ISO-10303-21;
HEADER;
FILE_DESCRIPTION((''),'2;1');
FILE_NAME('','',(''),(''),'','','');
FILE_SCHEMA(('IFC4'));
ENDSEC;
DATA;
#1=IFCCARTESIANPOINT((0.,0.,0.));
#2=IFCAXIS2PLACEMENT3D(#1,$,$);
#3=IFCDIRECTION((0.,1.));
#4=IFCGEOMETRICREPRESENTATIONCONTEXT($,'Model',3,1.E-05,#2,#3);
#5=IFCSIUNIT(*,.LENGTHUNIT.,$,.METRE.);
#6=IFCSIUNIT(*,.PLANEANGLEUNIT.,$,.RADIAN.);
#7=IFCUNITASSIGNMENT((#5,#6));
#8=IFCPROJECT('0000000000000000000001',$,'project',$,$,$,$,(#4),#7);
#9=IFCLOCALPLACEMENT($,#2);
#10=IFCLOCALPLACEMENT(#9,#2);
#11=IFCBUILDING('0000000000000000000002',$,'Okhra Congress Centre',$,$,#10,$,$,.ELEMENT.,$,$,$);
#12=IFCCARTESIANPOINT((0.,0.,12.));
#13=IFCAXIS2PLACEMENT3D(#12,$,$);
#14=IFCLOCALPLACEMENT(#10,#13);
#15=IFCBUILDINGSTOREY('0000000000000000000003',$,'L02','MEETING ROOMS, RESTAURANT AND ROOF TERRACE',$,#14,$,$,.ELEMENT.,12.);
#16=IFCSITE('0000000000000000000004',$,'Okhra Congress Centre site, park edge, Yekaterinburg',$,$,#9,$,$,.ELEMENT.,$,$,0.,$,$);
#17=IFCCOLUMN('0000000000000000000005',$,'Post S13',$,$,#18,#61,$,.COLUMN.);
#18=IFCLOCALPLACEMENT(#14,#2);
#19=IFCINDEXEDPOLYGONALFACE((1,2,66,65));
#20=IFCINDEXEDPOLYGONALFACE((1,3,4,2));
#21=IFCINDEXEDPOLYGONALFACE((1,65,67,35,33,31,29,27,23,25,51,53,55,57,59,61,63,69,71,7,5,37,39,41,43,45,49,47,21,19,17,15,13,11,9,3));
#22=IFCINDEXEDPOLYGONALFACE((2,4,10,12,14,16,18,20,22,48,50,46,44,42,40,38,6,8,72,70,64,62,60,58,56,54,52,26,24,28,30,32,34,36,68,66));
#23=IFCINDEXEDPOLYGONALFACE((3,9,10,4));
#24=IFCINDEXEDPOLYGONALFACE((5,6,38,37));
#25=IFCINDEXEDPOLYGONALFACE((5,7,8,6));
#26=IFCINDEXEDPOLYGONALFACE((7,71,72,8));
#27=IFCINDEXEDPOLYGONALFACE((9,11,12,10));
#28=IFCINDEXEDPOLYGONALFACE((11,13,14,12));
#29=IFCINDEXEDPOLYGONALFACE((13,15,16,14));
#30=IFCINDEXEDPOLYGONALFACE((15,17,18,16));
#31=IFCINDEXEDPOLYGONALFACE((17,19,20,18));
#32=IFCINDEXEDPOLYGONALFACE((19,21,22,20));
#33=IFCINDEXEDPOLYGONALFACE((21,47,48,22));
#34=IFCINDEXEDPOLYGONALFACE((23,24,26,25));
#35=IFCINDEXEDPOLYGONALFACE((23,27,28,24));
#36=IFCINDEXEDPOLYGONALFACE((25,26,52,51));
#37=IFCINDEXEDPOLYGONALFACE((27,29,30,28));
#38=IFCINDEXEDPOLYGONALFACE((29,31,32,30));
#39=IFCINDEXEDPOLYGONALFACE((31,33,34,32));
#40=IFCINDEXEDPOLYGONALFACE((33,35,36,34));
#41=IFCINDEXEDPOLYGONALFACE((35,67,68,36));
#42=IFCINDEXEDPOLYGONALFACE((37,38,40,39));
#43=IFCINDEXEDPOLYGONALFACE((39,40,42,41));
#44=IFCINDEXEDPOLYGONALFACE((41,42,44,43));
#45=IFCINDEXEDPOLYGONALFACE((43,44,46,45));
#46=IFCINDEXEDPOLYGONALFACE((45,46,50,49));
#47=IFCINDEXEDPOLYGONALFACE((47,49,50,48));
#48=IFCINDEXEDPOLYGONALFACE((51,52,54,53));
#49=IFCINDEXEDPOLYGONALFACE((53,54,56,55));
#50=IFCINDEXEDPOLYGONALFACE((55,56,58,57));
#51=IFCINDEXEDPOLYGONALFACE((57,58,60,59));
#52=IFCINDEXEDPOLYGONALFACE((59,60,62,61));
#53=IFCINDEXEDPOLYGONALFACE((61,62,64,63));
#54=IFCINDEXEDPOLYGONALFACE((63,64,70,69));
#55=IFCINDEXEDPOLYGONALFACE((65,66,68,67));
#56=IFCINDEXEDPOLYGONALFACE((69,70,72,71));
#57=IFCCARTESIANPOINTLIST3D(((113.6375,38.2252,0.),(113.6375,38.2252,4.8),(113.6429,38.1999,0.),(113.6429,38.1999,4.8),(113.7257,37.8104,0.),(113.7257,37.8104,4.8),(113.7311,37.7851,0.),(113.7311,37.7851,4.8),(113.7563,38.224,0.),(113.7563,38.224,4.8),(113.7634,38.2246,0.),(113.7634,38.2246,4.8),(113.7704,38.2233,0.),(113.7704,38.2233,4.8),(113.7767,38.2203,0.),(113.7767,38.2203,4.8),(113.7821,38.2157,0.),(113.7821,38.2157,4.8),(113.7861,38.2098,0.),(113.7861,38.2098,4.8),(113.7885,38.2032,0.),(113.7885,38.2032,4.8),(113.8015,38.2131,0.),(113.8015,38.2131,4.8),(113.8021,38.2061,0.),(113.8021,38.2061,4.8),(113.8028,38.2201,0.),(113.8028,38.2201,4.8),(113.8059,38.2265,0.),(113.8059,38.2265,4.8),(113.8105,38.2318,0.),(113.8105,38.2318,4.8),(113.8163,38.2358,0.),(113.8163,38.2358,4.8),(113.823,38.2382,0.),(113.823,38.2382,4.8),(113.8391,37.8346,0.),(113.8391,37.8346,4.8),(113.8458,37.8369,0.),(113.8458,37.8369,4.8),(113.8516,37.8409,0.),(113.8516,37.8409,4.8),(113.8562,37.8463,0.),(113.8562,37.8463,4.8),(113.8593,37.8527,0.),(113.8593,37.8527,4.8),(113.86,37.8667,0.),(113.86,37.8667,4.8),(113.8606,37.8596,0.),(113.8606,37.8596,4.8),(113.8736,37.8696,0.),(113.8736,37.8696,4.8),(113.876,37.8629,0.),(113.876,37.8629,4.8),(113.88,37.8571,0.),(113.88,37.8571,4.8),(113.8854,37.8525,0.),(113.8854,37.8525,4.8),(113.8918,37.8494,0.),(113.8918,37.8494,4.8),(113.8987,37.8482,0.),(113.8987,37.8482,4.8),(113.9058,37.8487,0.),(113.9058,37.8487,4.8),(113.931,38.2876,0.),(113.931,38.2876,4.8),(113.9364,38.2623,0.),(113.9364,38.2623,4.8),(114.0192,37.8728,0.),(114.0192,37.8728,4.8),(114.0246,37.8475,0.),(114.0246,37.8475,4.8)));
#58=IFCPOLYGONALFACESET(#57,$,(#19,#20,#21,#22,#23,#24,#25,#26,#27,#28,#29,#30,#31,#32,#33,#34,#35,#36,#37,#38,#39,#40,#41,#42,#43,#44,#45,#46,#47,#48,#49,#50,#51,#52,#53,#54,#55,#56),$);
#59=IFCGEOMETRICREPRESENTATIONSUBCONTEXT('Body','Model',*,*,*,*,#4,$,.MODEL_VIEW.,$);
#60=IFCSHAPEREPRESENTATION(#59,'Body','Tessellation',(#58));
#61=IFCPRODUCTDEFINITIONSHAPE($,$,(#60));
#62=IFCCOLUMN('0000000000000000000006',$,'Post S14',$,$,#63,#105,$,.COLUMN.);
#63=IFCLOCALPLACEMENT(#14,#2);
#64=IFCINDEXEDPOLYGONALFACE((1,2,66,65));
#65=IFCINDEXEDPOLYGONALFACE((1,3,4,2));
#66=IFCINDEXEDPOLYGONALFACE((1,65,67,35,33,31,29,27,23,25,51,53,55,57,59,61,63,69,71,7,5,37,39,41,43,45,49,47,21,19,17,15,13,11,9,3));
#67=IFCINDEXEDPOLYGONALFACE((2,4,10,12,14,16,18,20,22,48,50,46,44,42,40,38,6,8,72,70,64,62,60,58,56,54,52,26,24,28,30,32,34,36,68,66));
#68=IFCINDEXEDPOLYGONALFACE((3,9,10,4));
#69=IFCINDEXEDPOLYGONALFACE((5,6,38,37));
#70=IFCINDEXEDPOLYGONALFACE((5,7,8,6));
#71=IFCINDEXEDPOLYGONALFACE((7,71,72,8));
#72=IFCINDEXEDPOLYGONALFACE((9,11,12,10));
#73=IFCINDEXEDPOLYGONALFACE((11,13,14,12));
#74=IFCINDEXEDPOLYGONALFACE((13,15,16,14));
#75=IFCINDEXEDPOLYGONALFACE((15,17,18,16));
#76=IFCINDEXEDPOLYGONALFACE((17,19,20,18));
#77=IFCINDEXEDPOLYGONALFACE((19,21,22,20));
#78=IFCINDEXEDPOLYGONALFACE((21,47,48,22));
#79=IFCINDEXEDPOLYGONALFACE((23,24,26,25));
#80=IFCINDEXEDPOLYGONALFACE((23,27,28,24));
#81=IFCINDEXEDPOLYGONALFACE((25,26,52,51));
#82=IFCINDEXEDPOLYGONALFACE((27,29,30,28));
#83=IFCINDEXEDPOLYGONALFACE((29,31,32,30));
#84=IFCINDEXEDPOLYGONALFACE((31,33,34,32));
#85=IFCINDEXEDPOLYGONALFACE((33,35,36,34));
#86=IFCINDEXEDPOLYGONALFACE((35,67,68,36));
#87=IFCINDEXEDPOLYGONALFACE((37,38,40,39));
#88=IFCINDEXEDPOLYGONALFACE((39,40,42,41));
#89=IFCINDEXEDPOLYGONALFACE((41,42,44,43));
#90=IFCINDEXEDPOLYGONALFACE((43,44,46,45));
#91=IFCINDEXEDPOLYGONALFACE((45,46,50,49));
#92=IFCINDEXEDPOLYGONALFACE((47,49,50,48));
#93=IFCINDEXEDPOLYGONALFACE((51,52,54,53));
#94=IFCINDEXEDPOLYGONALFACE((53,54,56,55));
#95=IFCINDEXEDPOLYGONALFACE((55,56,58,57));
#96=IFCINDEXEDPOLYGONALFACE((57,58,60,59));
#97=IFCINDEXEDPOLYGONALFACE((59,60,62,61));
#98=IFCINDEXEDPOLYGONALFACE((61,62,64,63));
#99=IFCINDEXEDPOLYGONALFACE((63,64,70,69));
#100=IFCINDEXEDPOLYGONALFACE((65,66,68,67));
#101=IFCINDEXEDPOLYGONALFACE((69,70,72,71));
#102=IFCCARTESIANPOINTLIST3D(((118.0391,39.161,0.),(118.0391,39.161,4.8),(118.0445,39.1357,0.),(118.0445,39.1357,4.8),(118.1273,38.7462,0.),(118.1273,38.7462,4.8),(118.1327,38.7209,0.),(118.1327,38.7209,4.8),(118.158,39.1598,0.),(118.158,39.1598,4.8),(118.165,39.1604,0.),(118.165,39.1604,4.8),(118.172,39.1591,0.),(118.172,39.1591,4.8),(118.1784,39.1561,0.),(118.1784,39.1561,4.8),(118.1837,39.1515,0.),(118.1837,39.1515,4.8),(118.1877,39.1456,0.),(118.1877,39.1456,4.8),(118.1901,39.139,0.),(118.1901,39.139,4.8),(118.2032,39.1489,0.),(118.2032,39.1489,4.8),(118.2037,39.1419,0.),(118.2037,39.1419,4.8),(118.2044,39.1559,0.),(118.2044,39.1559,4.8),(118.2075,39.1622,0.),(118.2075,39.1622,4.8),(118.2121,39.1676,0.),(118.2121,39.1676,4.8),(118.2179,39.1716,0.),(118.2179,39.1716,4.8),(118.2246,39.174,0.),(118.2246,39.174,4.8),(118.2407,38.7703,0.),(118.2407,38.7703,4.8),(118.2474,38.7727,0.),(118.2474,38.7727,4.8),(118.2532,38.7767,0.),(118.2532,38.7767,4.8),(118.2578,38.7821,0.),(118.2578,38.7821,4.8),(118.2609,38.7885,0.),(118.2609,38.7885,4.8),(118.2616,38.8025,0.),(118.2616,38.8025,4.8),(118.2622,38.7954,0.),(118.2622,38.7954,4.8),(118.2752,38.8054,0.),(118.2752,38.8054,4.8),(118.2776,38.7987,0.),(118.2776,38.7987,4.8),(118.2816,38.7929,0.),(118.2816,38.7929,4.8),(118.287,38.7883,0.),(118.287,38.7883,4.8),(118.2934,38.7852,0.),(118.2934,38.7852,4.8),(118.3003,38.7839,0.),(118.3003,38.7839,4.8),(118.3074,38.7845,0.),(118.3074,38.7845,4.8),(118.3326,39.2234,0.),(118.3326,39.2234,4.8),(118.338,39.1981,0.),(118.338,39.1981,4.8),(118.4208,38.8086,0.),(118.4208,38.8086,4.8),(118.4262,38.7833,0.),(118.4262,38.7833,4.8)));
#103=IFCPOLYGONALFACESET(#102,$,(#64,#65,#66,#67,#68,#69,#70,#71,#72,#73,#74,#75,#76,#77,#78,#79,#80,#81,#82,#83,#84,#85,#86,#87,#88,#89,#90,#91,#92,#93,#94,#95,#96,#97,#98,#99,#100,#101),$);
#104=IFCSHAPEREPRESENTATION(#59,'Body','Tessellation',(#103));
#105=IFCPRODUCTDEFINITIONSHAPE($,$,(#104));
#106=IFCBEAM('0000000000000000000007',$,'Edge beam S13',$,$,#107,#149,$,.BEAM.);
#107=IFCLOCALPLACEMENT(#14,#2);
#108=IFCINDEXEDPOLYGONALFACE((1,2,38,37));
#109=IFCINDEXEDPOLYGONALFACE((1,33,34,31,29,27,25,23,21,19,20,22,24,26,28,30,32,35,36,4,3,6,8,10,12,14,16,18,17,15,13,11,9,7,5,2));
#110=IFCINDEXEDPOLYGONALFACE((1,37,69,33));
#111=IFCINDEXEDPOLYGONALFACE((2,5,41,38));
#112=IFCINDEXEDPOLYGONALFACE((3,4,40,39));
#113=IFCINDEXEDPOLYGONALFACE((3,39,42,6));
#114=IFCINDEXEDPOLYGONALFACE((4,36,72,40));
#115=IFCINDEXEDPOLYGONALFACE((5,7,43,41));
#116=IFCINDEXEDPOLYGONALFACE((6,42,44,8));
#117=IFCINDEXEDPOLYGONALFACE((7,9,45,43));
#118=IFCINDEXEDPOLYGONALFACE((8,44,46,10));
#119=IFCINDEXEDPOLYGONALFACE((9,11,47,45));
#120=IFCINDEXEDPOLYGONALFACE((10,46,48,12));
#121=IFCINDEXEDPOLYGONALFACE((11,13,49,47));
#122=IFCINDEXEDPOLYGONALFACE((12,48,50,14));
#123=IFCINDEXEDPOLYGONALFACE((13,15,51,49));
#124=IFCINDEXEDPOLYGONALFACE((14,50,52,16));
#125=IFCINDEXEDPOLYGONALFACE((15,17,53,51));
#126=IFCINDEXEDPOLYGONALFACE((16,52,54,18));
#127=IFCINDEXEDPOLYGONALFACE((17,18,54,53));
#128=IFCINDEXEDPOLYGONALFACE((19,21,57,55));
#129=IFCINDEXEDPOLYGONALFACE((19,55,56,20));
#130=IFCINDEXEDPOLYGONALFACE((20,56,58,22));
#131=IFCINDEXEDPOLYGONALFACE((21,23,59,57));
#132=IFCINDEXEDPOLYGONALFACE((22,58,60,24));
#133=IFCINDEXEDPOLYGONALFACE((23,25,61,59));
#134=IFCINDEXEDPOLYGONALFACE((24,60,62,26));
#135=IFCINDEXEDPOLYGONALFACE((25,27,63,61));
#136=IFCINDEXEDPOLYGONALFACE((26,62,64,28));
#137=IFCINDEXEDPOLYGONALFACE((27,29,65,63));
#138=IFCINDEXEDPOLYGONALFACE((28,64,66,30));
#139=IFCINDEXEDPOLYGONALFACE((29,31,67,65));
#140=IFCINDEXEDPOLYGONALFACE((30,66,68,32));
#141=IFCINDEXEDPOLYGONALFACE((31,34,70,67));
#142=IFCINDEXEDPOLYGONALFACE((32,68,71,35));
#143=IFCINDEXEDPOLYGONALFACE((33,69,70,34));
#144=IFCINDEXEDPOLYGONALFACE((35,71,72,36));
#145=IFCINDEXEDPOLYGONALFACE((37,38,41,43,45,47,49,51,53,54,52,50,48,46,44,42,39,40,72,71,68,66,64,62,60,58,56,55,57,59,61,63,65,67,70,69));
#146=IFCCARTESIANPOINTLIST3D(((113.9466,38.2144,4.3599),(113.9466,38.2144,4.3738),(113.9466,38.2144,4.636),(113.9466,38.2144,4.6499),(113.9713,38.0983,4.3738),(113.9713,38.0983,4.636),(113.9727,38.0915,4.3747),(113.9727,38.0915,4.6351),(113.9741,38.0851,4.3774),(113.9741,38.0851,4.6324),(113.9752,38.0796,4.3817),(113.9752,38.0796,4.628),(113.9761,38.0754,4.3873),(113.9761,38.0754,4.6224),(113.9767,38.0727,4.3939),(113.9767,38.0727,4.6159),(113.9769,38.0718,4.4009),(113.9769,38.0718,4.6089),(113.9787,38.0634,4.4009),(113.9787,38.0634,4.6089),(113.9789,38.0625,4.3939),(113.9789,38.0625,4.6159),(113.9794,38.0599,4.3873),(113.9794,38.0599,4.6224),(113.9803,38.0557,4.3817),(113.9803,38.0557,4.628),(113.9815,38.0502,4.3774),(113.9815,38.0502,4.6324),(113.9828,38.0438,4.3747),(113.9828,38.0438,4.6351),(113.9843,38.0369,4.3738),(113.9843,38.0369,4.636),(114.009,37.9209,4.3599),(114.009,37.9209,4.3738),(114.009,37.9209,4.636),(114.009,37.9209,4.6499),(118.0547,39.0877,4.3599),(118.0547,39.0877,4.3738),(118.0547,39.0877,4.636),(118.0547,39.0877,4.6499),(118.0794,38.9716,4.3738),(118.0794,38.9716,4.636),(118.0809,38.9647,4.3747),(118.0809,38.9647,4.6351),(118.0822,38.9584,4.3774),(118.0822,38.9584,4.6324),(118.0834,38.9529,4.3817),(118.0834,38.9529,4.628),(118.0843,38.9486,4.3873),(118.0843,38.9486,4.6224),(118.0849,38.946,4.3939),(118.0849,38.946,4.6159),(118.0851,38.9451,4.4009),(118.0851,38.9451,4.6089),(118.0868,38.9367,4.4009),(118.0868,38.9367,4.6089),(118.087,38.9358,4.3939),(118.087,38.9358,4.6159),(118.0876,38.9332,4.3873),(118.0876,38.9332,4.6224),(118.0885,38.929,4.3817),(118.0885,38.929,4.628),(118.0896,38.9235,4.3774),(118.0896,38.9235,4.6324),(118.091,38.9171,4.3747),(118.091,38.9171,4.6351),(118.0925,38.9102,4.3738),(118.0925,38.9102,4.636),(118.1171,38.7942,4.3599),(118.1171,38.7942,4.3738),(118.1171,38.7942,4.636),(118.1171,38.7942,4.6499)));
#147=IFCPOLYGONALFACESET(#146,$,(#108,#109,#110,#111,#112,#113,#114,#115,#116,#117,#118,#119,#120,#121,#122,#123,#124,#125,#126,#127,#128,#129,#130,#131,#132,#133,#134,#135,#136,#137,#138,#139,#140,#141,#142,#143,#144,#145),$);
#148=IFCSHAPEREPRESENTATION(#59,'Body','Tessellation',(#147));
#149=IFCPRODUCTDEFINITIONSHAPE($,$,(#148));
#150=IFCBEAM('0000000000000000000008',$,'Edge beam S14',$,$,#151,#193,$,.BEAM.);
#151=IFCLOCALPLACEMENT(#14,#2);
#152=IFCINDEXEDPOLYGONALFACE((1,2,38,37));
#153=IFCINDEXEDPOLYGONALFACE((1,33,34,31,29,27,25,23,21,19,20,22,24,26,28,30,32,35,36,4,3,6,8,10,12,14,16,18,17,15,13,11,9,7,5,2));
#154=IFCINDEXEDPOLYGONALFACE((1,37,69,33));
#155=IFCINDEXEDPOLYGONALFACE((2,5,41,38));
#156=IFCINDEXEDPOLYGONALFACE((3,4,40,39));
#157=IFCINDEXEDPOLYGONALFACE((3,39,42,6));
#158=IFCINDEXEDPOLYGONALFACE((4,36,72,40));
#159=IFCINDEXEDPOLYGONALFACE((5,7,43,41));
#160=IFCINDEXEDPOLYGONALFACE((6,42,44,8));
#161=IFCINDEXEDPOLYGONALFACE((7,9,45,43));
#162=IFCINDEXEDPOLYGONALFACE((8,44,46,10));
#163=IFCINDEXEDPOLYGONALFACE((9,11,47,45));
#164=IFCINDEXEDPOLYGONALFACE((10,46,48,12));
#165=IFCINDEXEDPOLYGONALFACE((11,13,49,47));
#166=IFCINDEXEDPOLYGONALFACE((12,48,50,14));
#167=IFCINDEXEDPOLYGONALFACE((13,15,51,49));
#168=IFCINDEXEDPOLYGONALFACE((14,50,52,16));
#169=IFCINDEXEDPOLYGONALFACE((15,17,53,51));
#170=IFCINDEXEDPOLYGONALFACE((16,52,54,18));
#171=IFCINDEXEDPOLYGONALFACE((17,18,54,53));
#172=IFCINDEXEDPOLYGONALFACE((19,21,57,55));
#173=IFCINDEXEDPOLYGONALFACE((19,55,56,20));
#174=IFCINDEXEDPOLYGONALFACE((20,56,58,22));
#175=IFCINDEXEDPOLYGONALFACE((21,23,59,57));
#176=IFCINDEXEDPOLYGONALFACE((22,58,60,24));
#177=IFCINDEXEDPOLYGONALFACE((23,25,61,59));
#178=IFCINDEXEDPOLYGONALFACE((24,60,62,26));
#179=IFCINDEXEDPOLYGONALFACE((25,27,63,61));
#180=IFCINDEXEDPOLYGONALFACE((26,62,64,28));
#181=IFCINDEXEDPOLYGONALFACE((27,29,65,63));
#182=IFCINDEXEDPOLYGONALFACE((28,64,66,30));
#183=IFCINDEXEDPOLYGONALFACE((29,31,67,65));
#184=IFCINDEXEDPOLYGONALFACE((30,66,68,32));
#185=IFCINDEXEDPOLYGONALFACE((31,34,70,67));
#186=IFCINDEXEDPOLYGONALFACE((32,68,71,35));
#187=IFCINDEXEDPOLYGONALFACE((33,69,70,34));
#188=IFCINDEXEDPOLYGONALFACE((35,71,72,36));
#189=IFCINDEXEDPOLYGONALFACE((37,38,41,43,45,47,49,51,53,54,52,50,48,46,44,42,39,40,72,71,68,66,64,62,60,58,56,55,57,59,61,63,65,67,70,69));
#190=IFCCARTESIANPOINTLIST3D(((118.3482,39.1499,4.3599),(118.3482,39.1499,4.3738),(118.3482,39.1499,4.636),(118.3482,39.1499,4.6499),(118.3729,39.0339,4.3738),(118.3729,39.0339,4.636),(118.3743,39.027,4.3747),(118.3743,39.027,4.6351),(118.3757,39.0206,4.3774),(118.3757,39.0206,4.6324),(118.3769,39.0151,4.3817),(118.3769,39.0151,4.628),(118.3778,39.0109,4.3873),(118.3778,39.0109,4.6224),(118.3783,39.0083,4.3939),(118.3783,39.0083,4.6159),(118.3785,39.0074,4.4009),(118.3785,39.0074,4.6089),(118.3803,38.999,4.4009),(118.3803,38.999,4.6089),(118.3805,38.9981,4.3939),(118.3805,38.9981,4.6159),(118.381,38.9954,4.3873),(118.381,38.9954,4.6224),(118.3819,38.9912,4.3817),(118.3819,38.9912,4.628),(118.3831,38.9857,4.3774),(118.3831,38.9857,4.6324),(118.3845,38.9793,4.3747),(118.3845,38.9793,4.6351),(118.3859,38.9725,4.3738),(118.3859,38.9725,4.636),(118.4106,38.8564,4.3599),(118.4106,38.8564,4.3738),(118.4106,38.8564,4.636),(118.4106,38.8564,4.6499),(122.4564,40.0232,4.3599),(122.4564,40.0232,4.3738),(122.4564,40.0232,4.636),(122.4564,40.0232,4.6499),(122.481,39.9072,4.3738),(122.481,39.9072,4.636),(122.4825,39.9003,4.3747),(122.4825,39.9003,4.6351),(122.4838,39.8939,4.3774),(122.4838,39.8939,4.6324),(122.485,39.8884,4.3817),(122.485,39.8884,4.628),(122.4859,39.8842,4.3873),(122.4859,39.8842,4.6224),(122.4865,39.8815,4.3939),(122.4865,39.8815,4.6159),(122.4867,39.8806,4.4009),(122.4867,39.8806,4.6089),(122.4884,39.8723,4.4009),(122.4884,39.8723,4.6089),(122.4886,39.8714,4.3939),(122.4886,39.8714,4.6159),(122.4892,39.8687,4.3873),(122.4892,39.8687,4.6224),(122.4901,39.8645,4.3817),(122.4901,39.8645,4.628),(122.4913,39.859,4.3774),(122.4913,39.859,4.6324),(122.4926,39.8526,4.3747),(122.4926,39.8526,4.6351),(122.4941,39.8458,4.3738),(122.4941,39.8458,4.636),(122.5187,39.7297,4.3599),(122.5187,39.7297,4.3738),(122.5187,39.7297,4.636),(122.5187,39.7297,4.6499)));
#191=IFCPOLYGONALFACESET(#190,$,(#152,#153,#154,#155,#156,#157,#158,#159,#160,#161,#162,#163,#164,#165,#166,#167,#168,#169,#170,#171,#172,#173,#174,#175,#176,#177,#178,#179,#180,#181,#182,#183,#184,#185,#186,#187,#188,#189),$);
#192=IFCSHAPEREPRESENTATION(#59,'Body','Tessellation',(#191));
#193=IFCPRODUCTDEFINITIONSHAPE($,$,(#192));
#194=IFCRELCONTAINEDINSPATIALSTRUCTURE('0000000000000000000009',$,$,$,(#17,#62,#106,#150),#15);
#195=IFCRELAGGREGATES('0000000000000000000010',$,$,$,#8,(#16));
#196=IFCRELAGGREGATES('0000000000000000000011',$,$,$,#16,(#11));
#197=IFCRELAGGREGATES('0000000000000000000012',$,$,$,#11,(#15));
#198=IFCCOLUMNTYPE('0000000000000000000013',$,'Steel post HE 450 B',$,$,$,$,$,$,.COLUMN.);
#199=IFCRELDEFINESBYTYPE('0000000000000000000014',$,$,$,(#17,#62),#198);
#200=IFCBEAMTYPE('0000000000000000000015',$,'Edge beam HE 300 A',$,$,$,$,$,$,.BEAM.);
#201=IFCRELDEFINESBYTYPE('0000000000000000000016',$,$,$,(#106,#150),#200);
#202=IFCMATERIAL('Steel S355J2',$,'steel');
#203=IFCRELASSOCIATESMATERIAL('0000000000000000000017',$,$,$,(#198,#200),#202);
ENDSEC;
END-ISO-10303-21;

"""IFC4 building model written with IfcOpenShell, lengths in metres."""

from ifc_helpers import new_model, si_unit, direction, frame, origin, origin_2d, place, context, subcontext, project, spatial, i_section, extrude, material, material_profile, profile_set, type_object, element, save


model = new_model("IFC4")

# Units and contexts
model_context = context("Model", 3, precision=1e-05, world=origin(), true_north=direction((0.0, 1.0)))
body_context = subcontext(model_context, "Body", "Model", "MODEL_VIEW")
ifc_project = project(units=[si_unit("LENGTHUNIT", "METRE"), si_unit("PLANEANGLEUNIT", "RADIAN")], contexts=[model_context])

# Site, building, storey
site_placement = place(None, origin())
site = spatial("IfcSite", under=ifc_project, at=site_placement, Name="Okhra Congress Centre site, park edge, Yekaterinburg", CompositionType="ELEMENT", RefElevation=0.0)
building_placement = place(site_placement, origin())
building = spatial("IfcBuilding", under=site, at=building_placement, Name="Okhra Congress Centre", CompositionType="ELEMENT")
storey_placement = place(building_placement, frame((0.0, 0.0, 12.0)))
storey = spatial("IfcBuildingStorey", under=building, at=storey_placement, Name="L02", Description="MEETING ROOMS, RESTAURANT AND ROOF TERRACE", CompositionType="ELEMENT", Elevation=12.0)

# Columns
ifc_material_1 = material(Name="Steel S355J2", Category="steel")
ifc_material_profile_1 = material_profile(ifc_material_1, i_section(OverallWidth=0.3, OverallDepth=0.45, WebThickness=0.0139, FlangeThickness=0.0259, FilletRadius=0.0271, at=origin_2d()), Name="HE 450 B")
ifc_profile_set_1 = profile_set([ifc_material_profile_1], Name="Steel S355J2")
column_type = type_object("IfcColumnType", Name="Steel post HE 450 B", PredefinedType="COLUMN", material=ifc_profile_set_1)
for number, where, z_axis, x_axis, name in (
    (1, (113.8311, 38.0364, 0.0), (0.0, 0.0, 1.0), (0.978148, 0.207912, 0.0), "Post S13"),
    (2, (118.2327, 38.9722, 0.0), (0.0, 0.0, 1.0), (0.978148, 0.207912, 0.0), "Post S14"),
):
    element("IfcColumn", number, at=place(storey_placement, frame(where, z_axis=z_axis, x_axis=x_axis)), inside=storey, type_object=column_type, Name=name, PredefinedType="COLUMN", context=body_context, shape_type="SweptSolid", body=[
        extrude(i_section(OverallWidth=0.3, OverallDepth=0.45, WebThickness=0.0139, FlangeThickness=0.0259, FilletRadius=0.0271, at=origin_2d()), origin(), (0.0, 0.0, 1.0), 4.8),
    ])

# Beams
ifc_material_profile_2 = material_profile(ifc_material_1, i_section(OverallWidth=0.3, OverallDepth=0.29, WebThickness=0.0085, FlangeThickness=0.0139, FilletRadius=0.0271, at=origin_2d()), Name="HE 300 A")
ifc_profile_set_2 = profile_set([ifc_material_profile_2], Name="Steel S355J2")
beam_type_1 = type_object("IfcBeamType", Name="Edge beam HE 300 A", PredefinedType="BEAM", material=ifc_profile_set_2)
for number, where, z_axis, x_axis, name in (
    (3, (113.9778, 38.0676, 4.5049), (0.978144, 0.207929, 0.0), (-0.207929, 0.978144, 0.0), "Edge beam S13"),
    (4, (118.3794, 39.0032, 4.5049), (0.978144, 0.207929, 0.0), (-0.207929, 0.978144, 0.0), "Edge beam S14"),
):
    element("IfcBeam", number, at=place(storey_placement, frame(where, z_axis=z_axis, x_axis=x_axis)), inside=storey, type_object=beam_type_1, Name=name, PredefinedType="BEAM", context=body_context, shape_type="SweptSolid", body=[
        extrude(i_section(OverallWidth=0.3, OverallDepth=0.29, WebThickness=0.0085, FlangeThickness=0.0139, FilletRadius=0.0271, at=origin_2d()), origin(), (0.0, 0.0, 1.0), 4.2),
    ])

save(model, "model.ifc")
